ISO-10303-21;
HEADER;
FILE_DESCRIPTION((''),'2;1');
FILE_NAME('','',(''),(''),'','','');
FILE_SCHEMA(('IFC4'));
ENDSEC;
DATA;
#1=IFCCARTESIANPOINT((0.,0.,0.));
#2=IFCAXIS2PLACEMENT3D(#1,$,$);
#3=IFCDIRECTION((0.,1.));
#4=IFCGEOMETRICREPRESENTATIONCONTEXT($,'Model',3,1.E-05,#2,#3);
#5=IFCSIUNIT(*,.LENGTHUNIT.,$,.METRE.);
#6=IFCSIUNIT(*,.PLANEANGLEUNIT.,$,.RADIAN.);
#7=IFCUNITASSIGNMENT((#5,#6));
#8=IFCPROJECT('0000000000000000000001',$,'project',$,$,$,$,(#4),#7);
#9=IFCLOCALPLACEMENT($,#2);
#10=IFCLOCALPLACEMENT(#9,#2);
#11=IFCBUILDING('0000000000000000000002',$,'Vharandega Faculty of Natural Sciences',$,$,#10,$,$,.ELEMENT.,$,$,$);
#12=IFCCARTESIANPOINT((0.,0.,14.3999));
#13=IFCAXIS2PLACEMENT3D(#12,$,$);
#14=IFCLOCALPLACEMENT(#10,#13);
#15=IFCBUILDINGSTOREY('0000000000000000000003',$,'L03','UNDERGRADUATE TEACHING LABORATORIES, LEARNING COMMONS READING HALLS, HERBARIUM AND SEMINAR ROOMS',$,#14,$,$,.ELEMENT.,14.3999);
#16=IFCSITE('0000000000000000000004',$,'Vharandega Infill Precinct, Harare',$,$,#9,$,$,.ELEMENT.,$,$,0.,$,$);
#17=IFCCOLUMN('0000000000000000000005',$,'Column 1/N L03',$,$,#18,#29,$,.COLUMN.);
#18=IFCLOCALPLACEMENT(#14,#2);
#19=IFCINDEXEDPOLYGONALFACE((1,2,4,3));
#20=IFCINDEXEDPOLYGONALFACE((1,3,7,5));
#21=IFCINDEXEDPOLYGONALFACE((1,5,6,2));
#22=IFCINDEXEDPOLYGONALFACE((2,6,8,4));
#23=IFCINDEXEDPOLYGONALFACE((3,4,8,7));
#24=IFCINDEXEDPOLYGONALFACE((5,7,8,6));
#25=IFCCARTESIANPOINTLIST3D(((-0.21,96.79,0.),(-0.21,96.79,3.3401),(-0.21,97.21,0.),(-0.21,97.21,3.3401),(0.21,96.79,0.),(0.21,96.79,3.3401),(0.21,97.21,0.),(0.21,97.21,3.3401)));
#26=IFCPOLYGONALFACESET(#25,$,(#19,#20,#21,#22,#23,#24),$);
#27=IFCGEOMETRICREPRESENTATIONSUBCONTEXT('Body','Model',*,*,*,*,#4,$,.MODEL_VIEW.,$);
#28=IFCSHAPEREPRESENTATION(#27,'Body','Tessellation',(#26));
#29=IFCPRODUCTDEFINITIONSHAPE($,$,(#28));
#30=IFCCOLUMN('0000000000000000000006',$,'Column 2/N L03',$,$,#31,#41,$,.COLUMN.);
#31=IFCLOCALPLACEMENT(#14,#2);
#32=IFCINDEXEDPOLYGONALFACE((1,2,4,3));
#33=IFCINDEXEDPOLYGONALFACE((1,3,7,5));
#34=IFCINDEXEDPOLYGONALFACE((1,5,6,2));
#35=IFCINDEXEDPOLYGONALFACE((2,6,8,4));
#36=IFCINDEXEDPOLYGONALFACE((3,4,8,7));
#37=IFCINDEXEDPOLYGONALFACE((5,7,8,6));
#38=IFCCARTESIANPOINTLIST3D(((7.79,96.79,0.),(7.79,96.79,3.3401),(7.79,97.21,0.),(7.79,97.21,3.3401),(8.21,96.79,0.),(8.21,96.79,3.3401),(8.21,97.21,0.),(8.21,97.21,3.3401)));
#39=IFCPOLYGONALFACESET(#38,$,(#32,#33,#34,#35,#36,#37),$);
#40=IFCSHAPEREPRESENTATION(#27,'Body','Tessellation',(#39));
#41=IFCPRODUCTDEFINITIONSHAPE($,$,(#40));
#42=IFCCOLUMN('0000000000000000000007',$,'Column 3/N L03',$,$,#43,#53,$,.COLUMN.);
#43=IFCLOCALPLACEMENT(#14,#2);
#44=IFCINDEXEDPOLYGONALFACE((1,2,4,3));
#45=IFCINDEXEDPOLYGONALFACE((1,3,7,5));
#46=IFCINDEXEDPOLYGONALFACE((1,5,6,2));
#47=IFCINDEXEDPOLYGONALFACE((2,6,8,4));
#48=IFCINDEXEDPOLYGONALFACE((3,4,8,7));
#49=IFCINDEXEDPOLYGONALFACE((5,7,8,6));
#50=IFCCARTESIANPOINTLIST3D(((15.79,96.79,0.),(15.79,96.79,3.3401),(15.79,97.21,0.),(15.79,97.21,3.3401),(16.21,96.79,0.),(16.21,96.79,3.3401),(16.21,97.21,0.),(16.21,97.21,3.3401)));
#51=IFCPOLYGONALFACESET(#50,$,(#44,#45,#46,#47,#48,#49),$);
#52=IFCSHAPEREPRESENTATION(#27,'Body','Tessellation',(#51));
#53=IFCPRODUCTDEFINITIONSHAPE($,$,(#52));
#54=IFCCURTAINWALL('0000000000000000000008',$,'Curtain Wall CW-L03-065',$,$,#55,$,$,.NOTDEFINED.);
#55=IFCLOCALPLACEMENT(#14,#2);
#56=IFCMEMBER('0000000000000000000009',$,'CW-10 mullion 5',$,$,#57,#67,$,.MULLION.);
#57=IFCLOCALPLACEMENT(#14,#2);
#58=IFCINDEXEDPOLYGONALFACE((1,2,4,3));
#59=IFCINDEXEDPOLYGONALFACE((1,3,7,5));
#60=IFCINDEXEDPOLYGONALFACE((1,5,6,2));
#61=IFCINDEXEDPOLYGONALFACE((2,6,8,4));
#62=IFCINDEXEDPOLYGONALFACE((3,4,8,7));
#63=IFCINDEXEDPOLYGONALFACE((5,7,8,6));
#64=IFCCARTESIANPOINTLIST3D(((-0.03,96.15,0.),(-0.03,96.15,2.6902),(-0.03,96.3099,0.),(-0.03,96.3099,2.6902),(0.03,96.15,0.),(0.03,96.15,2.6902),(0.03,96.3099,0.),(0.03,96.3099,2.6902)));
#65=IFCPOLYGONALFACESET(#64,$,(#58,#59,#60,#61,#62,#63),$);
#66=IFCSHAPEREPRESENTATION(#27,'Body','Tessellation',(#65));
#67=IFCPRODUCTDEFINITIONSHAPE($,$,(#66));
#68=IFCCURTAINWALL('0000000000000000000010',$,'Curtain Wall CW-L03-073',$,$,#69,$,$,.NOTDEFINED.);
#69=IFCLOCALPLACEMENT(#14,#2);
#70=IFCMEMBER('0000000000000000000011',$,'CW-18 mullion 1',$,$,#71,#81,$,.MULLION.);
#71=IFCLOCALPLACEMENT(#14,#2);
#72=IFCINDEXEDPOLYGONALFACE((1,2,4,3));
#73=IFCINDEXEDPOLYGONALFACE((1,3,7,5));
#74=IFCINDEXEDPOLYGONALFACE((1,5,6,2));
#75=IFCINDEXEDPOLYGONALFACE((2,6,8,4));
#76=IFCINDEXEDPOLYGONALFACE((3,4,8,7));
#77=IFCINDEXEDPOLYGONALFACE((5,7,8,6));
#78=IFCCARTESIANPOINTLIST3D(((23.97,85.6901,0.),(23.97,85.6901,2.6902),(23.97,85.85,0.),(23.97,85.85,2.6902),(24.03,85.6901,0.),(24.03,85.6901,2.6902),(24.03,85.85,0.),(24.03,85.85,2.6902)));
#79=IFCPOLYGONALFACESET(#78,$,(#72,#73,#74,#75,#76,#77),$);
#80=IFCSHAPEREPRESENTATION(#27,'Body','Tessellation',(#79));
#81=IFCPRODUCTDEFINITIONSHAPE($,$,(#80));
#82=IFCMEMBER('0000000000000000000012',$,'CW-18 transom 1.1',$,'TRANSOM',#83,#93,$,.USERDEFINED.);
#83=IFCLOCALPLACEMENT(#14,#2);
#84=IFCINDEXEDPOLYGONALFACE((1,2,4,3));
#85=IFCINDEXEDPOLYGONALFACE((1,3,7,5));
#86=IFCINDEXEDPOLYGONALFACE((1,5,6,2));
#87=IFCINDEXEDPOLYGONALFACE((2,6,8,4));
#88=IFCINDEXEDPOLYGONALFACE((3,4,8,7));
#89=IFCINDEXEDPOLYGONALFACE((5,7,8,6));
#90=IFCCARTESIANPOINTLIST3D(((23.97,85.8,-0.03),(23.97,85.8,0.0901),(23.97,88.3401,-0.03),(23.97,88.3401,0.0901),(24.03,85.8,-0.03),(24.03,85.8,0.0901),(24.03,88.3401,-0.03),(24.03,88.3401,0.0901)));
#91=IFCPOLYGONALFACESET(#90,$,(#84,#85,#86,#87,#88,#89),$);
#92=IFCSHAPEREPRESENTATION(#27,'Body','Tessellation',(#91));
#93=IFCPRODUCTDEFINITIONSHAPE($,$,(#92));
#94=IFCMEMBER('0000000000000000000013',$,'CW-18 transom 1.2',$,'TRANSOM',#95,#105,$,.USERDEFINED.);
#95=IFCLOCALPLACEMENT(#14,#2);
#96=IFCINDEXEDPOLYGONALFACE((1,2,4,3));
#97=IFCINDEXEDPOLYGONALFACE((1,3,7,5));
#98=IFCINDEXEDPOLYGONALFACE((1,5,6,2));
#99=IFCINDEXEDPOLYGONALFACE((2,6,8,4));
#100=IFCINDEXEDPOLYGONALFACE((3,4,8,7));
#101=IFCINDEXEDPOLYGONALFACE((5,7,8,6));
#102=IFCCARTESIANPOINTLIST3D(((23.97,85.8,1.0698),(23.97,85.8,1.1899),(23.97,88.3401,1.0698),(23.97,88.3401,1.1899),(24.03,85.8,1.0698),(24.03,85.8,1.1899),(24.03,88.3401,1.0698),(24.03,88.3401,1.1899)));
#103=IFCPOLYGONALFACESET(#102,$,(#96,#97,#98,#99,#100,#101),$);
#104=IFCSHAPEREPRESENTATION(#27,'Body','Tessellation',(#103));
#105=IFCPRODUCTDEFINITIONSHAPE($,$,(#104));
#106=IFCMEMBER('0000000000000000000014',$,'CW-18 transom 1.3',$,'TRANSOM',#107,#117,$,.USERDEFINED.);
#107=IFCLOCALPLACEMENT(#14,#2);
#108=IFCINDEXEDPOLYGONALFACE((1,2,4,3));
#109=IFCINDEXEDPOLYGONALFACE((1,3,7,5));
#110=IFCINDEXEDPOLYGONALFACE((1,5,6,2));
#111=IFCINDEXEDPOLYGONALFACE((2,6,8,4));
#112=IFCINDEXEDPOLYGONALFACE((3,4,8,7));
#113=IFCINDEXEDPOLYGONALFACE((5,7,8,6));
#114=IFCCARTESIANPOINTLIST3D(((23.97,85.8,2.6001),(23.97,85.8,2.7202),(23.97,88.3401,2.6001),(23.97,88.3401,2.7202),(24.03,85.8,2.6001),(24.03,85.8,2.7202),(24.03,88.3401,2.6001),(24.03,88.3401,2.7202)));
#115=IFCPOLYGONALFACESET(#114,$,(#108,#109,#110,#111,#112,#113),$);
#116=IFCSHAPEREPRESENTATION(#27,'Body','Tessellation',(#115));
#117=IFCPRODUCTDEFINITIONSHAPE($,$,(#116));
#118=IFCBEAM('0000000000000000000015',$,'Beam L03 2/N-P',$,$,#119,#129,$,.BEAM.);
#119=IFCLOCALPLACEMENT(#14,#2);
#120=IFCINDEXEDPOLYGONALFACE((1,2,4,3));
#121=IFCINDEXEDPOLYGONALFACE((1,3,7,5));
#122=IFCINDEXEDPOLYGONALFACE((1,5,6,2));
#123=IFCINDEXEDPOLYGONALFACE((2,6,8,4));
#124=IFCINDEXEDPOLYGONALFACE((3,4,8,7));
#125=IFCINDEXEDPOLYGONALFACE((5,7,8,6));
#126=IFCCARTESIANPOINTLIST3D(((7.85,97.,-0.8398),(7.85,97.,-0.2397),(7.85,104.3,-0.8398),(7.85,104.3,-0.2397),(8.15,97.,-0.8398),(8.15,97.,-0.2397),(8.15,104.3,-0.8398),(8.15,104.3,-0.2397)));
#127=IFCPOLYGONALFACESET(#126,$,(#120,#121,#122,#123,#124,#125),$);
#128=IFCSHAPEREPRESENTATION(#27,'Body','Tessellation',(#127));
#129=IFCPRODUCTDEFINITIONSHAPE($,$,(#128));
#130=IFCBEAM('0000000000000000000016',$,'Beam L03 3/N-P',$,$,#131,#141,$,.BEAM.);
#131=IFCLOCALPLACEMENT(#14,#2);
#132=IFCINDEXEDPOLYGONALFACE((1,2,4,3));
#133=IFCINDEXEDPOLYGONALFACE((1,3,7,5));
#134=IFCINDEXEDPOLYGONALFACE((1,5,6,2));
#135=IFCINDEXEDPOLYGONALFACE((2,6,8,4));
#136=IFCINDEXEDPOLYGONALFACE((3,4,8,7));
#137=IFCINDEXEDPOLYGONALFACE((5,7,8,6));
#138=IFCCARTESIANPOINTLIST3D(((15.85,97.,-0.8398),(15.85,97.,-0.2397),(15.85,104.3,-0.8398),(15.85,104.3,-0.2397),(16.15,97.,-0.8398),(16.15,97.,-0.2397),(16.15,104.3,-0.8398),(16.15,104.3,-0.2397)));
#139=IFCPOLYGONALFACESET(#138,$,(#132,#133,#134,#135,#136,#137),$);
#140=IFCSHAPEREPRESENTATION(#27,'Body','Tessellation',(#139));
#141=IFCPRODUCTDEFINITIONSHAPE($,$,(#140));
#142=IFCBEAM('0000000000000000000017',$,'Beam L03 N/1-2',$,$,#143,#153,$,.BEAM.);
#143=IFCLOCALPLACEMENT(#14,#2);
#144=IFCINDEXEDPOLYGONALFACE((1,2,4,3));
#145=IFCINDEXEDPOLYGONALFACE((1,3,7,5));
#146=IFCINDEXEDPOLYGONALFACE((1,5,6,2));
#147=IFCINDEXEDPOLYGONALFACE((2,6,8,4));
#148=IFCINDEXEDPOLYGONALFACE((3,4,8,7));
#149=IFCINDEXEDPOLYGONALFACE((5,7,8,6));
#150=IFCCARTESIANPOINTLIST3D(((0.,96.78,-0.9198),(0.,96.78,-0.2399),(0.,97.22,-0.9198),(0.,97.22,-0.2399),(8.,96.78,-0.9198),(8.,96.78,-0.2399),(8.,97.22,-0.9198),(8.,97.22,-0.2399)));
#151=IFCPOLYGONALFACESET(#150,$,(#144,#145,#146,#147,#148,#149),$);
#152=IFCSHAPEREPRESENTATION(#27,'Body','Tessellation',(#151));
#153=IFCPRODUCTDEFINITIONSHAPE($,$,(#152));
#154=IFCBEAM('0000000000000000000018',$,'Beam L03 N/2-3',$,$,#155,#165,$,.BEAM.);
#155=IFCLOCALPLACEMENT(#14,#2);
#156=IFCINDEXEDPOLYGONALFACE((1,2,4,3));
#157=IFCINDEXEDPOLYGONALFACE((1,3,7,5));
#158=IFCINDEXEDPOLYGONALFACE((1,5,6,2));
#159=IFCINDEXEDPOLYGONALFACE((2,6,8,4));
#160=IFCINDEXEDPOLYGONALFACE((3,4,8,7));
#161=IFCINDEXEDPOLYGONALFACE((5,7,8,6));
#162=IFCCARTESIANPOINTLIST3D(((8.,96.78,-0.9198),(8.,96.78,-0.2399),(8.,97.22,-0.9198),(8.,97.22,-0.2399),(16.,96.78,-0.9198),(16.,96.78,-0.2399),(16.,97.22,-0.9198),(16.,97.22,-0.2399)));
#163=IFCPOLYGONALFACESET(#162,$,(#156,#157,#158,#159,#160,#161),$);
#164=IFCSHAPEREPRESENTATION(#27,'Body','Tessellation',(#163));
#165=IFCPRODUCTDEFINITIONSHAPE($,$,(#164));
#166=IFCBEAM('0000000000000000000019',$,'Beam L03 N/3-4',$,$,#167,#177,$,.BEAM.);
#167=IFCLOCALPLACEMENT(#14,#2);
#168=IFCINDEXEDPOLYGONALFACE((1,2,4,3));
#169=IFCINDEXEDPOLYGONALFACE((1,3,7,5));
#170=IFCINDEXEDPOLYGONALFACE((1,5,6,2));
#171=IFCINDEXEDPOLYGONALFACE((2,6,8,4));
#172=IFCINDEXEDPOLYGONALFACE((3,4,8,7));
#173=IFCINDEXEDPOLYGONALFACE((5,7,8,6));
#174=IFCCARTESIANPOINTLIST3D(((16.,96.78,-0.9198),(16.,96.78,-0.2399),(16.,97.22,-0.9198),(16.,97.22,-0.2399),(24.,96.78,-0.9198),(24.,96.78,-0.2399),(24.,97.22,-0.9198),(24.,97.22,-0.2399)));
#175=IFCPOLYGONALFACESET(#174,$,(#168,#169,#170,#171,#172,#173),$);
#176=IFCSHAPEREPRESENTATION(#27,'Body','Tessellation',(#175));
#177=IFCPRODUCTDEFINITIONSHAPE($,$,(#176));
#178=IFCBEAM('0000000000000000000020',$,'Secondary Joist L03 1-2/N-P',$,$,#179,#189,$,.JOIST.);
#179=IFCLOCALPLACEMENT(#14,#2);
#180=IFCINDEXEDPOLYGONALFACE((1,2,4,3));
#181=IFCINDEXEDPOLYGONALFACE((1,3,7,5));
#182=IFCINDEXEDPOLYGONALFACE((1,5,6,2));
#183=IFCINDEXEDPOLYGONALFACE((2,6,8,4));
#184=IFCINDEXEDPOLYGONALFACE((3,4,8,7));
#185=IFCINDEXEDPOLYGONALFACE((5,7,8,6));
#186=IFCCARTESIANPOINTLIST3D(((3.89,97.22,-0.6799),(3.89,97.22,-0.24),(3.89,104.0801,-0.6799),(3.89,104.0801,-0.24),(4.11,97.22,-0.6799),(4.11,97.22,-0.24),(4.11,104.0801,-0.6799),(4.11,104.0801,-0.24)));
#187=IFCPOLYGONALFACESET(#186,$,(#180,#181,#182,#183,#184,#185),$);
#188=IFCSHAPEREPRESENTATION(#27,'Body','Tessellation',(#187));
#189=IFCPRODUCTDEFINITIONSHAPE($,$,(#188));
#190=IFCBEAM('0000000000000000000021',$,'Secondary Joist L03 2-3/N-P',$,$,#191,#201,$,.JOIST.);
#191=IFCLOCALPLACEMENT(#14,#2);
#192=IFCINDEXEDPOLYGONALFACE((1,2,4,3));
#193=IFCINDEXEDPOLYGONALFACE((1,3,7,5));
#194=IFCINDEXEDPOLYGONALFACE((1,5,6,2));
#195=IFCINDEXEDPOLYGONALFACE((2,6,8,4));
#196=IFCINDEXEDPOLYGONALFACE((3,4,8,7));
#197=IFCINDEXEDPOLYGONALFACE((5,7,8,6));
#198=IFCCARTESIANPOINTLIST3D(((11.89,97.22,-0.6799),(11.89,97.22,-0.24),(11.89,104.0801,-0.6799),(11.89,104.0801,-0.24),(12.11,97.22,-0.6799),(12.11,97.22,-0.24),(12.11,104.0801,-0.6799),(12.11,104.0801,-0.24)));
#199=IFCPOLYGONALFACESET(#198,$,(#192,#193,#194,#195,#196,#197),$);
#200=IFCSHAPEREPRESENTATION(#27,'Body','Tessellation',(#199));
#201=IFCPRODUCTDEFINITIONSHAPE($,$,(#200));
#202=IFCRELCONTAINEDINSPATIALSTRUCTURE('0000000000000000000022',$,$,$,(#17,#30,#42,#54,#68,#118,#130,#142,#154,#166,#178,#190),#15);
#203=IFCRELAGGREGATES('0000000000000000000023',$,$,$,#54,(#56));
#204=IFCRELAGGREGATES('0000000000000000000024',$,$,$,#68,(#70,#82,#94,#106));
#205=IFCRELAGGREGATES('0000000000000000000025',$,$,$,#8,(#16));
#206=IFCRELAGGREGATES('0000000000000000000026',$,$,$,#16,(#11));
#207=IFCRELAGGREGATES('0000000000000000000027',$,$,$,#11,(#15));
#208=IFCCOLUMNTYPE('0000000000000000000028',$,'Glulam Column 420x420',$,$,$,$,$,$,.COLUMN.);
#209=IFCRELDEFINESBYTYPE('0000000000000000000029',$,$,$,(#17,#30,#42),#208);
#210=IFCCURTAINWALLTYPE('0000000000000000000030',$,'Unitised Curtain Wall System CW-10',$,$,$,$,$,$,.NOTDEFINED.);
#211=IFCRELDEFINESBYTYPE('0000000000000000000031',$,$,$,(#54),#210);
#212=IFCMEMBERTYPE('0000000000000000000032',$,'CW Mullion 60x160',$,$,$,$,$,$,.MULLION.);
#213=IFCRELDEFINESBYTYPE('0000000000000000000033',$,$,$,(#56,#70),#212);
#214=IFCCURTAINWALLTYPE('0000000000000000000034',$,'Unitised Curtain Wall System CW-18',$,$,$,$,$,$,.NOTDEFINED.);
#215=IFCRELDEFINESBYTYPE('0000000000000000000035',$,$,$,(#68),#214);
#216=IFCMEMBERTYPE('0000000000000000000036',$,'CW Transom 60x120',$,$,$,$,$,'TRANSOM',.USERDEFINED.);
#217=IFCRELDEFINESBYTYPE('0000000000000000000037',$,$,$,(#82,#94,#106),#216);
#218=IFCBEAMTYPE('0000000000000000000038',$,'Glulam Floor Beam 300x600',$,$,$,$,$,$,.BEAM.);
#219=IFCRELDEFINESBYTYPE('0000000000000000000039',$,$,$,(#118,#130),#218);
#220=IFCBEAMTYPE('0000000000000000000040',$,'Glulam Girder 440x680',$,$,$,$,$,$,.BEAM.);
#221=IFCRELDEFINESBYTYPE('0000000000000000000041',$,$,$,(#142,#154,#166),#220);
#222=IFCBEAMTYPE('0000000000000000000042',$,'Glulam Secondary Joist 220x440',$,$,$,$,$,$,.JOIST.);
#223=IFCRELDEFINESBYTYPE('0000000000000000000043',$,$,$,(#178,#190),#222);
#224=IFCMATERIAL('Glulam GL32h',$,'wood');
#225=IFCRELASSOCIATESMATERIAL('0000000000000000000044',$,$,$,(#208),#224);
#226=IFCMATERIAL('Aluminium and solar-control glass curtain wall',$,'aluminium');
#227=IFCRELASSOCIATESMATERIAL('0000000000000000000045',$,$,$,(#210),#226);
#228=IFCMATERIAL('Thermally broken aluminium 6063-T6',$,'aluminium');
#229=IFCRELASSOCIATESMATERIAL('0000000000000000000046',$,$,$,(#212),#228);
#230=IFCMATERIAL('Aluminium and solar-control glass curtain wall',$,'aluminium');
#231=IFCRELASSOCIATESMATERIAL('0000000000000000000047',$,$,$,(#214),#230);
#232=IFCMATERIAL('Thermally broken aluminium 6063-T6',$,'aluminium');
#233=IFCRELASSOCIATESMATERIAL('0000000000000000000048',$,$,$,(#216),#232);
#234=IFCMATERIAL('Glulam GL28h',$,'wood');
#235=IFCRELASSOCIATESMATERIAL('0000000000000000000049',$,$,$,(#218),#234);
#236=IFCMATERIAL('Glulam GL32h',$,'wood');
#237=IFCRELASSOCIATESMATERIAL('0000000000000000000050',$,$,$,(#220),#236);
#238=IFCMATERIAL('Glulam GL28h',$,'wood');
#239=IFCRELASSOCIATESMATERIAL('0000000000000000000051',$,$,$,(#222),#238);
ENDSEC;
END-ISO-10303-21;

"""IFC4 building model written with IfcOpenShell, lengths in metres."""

from ifc_helpers import new_model, si_unit, direction, frame, origin, origin_2d, place, context, subcontext, project, spatial, rectangle, extrude, material, material_profile, profile_set, type_object, element, aggregate, save


model = new_model("IFC4")

# Units and contexts
model_context = context("Model", 3, precision=1e-05, world=origin(), true_north=direction((0.0, 1.0)))
body_context = subcontext(model_context, "Body", "Model", "MODEL_VIEW")
ifc_project = project(units=[si_unit("LENGTHUNIT", "METRE"), si_unit("PLANEANGLEUNIT", "RADIAN")], contexts=[model_context])

# Site, building, storey
site_placement = place(None, origin())
site = spatial("IfcSite", under=ifc_project, at=site_placement, Name="Vharandega Infill Precinct, Harare", CompositionType="ELEMENT", RefElevation=0.0)
building_placement = place(site_placement, origin())
building = spatial("IfcBuilding", under=site, at=building_placement, Name="Vharandega Faculty of Natural Sciences", CompositionType="ELEMENT")
storey_placement = place(building_placement, frame((0.0, 0.0, 14.3999)))
storey = spatial("IfcBuildingStorey", under=building, at=storey_placement, Name="L03", Description="UNDERGRADUATE TEACHING LABORATORIES, LEARNING COMMONS READING HALLS, HERBARIUM AND SEMINAR ROOMS", CompositionType="ELEMENT", Elevation=14.3999)

# Columns
ifc_material_1 = material(Name="Glulam GL32h", Category="wood")
ifc_material_profile_1 = material_profile(ifc_material_1, rectangle(XDim=0.4199, YDim=0.4199, at=origin_2d()), Name="GL32h 420x420")
ifc_profile_set_1 = profile_set([ifc_material_profile_1], Name="Glulam GL32h")
column_type = type_object("IfcColumnType", Name="Glulam Column 420x420", PredefinedType="COLUMN", material=ifc_profile_set_1)
for number, where, z_axis, x_axis, name in (
    (1, (0.0, 97.0, 0.0), (0.0, 0.0, 1.0), (1.0, 0.0, 0.0), "Column 1/N L03"),
    (2, (8.0, 97.0, 0.0), (0.0, 0.0, 1.0), (1.0, 0.0, 0.0), "Column 2/N L03"),
    (3, (16.0, 97.0, 0.0), (0.0, 0.0, 1.0), (1.0, 0.0, 0.0), "Column 3/N L03"),
):
    element("IfcColumn", number, at=place(storey_placement, frame(where, z_axis=z_axis, x_axis=x_axis)), inside=storey, type_object=column_type, Name=name, PredefinedType="COLUMN", context=body_context, shape_type="SweptSolid", body=[
        extrude(rectangle(XDim=0.4199, YDim=0.4199, at=origin_2d()), origin(), (0.0, 0.0, 1.0), 3.3401),
    ])

# Curtain wall, member
ifc_material_2 = material(Name="Aluminium and solar-control glass curtain wall", Category="aluminium")
curtain_wall_type_1 = type_object("IfcCurtainWallType", Name="Unitised Curtain Wall System CW-10", PredefinedType="NOTDEFINED", material=ifc_material_2)
curtain_wall_1_placement = place(storey_placement, origin())
curtain_wall_1 = element("IfcCurtainWall", 4, at=curtain_wall_1_placement, inside=storey, type_object=curtain_wall_type_1, Name="Curtain Wall CW-L03-065", PredefinedType="NOTDEFINED")
ifc_material_3 = material(Name="Thermally broken aluminium 6063-T6", Category="aluminium")
ifc_material_profile_2 = material_profile(ifc_material_3, rectangle(XDim=0.0601, YDim=0.1599, at=origin_2d()), Name="ALU 60x160")
ifc_profile_set_2 = profile_set([ifc_material_profile_2], Name="Thermally broken aluminium 6063-T6")
member_type_1 = type_object("IfcMemberType", Name="CW Mullion 60x160", PredefinedType="MULLION", material=ifc_profile_set_2)
member_1_placement = place(storey_placement, frame((0.0, 96.23, 0.0), z_axis=(0.0, 0.0, 1.0), x_axis=(-1.0, 0.0, 0.0)))
member_1 = element("IfcMember", 5, at=member_1_placement, type_object=member_type_1, Name="CW-10 mullion 5", PredefinedType="MULLION", context=body_context, shape_type="SweptSolid", body=[
    extrude(rectangle(XDim=0.0601, YDim=0.1599, at=origin_2d()), origin(), (0.0, 0.0, 1.0), 2.6902),
])

# Curtain wall, members
ifc_material_4 = material(Name="Aluminium and solar-control glass curtain wall", Category="aluminium")
curtain_wall_type_2 = type_object("IfcCurtainWallType", Name="Unitised Curtain Wall System CW-18", PredefinedType="NOTDEFINED", material=ifc_material_4)
curtain_wall_2_placement = place(storey_placement, origin())
curtain_wall_2 = element("IfcCurtainWall", 6, at=curtain_wall_2_placement, inside=storey, type_object=curtain_wall_type_2, Name="Curtain Wall CW-L03-073", PredefinedType="NOTDEFINED")
member_2_placement = place(storey_placement, frame((24.0, 85.77, 0.0), z_axis=(0.0, 0.0, 1.0), x_axis=(-1.0, 0.0, 0.0)))
member_2 = element("IfcMember", 7, at=member_2_placement, type_object=member_type_1, Name="CW-18 mullion 1", PredefinedType="MULLION", context=body_context, shape_type="SweptSolid", body=[
    extrude(rectangle(XDim=0.0601, YDim=0.1599, at=origin_2d()), origin(), (0.0, 0.0, 1.0), 2.6902),
])
ifc_material_5 = material(Name="Thermally broken aluminium 6063-T6", Category="aluminium")
ifc_material_profile_3 = material_profile(ifc_material_5, rectangle(XDim=0.0601, YDim=0.1201, at=origin_2d()), Name="ALU 60x120")
ifc_profile_set_3 = profile_set([ifc_material_profile_3], Name="Thermally broken aluminium 6063-T6")
member_type_2 = type_object("IfcMemberType", Name="CW Transom 60x120", ElementType="TRANSOM", PredefinedType="USERDEFINED", material=ifc_profile_set_3)
member_3_placement = place(storey_placement, frame((24.0, 85.8, 0.03), z_axis=(0.0, 1.0, 0.0), x_axis=(-1.0, 0.0, 0.0)))
member_3 = element("IfcMember", 8, at=member_3_placement, type_object=member_type_2, Name="CW-18 transom 1.1", ObjectType="TRANSOM", PredefinedType="USERDEFINED", context=body_context, shape_type="SweptSolid", body=[
    extrude(rectangle(XDim=0.0601, YDim=0.1201, at=origin_2d()), origin(), (0.0, 0.0, 1.0), 2.54),
])
member_4_placement = place(storey_placement, frame((24.0, 85.8, 1.1299), z_axis=(0.0, 1.0, 0.0), x_axis=(-1.0, 0.0, 0.0)))
member_4 = element("IfcMember", 9, at=member_4_placement, type_object=member_type_2, Name="CW-18 transom 1.2", ObjectType="TRANSOM", PredefinedType="USERDEFINED", context=body_context, shape_type="SweptSolid", body=[
    extrude(rectangle(XDim=0.0601, YDim=0.1201, at=origin_2d()), origin(), (0.0, 0.0, 1.0), 2.54),
])
member_5_placement = place(storey_placement, frame((24.0, 85.8, 2.6602), z_axis=(0.0, 1.0, 0.0), x_axis=(-1.0, 0.0, 0.0)))
member_5 = element("IfcMember", 10, at=member_5_placement, type_object=member_type_2, Name="CW-18 transom 1.3", ObjectType="TRANSOM", PredefinedType="USERDEFINED", context=body_context, shape_type="SweptSolid", body=[
    extrude(rectangle(XDim=0.0601, YDim=0.1201, at=origin_2d()), origin(), (0.0, 0.0, 1.0), 2.54),
])

# Beams
ifc_material_6 = material(Name="Glulam GL28h", Category="wood")
ifc_material_profile_4 = material_profile(ifc_material_6, rectangle(XDim=0.3, YDim=0.6001, at=origin_2d()), Name="GL28h 300x600")
ifc_profile_set_4 = profile_set([ifc_material_profile_4], Name="Glulam GL28h")
beam_type_1 = type_object("IfcBeamType", Name="Glulam Floor Beam 300x600", PredefinedType="BEAM", material=ifc_profile_set_4)
for number, where, z_axis, x_axis, name in (
    (11, (8.0, 97.0, -0.5398), (0.0, 1.0, 0.0), (-1.0, 0.0, 0.0), "Beam L03 2/N-P"),
    (12, (16.0, 97.0, -0.5398), (0.0, 1.0, 0.0), (-1.0, 0.0, 0.0), "Beam L03 3/N-P"),
):
    element("IfcBeam", number, at=place(storey_placement, frame(where, z_axis=z_axis, x_axis=x_axis)), inside=storey, type_object=beam_type_1, Name=name, PredefinedType="BEAM", context=body_context, shape_type="SweptSolid", body=[
        extrude(rectangle(XDim=0.3, YDim=0.6001, at=origin_2d()), origin(), (0.0, 0.0, 1.0), 7.3),
    ])
ifc_material_7 = material(Name="Glulam GL32h", Category="wood")
ifc_material_profile_5 = material_profile(ifc_material_7, rectangle(XDim=0.4399, YDim=0.6799, at=origin_2d()), Name="GL32h 440x680")
ifc_profile_set_5 = profile_set([ifc_material_profile_5], Name="Glulam GL32h")
beam_type_2 = type_object("IfcBeamType", Name="Glulam Girder 440x680", PredefinedType="BEAM", material=ifc_profile_set_5)
for number, where, z_axis, x_axis, name in (
    (13, (0.0, 97.0, -0.5798), (1.0, 0.0, 0.0), (0.0, 1.0, 0.0), "Beam L03 N/1-2"),
    (14, (8.0, 97.0, -0.5798), (1.0, 0.0, 0.0), (0.0, 1.0, 0.0), "Beam L03 N/2-3"),
    (15, (16.0, 97.0, -0.5798), (1.0, 0.0, 0.0), (0.0, 1.0, 0.0), "Beam L03 N/3-4"),
):
    element("IfcBeam", number, at=place(storey_placement, frame(where, z_axis=z_axis, x_axis=x_axis)), inside=storey, type_object=beam_type_2, Name=name, PredefinedType="BEAM", context=body_context, shape_type="SweptSolid", body=[
        extrude(rectangle(XDim=0.4399, YDim=0.6799, at=origin_2d()), origin(), (0.0, 0.0, 1.0), 8.0),
    ])
ifc_material_8 = material(Name="Glulam GL28h", Category="wood")
ifc_material_profile_6 = material_profile(ifc_material_8, rectangle(XDim=0.22, YDim=0.4399, at=origin_2d()), Name="GL28h 220x440")
ifc_profile_set_6 = profile_set([ifc_material_profile_6], Name="Glulam GL28h")
beam_type_3 = type_object("IfcBeamType", Name="Glulam Secondary Joist 220x440", PredefinedType="JOIST", material=ifc_profile_set_6)
for number, where, z_axis, x_axis, name in (
    (16, (4.0, 97.22, -0.46), (0.0, 1.0, 0.0), (-1.0, 0.0, 0.0), "Secondary Joist L03 1-2/N-P"),
    (17, (12.0, 97.22, -0.46), (0.0, 1.0, 0.0), (-1.0, 0.0, 0.0), "Secondary Joist L03 2-3/N-P"),
):
    element("IfcBeam", number, at=place(storey_placement, frame(where, z_axis=z_axis, x_axis=x_axis)), inside=storey, type_object=beam_type_3, Name=name, PredefinedType="JOIST", context=body_context, shape_type="SweptSolid", body=[
        extrude(rectangle(XDim=0.22, YDim=0.4399, at=origin_2d()), origin(), (0.0, 0.0, 1.0), 6.8601),
    ])

aggregate(curtain_wall_1, [member_1])
aggregate(curtain_wall_2, [member_2, member_3, member_4, member_5])

save(model, "model.ifc")
